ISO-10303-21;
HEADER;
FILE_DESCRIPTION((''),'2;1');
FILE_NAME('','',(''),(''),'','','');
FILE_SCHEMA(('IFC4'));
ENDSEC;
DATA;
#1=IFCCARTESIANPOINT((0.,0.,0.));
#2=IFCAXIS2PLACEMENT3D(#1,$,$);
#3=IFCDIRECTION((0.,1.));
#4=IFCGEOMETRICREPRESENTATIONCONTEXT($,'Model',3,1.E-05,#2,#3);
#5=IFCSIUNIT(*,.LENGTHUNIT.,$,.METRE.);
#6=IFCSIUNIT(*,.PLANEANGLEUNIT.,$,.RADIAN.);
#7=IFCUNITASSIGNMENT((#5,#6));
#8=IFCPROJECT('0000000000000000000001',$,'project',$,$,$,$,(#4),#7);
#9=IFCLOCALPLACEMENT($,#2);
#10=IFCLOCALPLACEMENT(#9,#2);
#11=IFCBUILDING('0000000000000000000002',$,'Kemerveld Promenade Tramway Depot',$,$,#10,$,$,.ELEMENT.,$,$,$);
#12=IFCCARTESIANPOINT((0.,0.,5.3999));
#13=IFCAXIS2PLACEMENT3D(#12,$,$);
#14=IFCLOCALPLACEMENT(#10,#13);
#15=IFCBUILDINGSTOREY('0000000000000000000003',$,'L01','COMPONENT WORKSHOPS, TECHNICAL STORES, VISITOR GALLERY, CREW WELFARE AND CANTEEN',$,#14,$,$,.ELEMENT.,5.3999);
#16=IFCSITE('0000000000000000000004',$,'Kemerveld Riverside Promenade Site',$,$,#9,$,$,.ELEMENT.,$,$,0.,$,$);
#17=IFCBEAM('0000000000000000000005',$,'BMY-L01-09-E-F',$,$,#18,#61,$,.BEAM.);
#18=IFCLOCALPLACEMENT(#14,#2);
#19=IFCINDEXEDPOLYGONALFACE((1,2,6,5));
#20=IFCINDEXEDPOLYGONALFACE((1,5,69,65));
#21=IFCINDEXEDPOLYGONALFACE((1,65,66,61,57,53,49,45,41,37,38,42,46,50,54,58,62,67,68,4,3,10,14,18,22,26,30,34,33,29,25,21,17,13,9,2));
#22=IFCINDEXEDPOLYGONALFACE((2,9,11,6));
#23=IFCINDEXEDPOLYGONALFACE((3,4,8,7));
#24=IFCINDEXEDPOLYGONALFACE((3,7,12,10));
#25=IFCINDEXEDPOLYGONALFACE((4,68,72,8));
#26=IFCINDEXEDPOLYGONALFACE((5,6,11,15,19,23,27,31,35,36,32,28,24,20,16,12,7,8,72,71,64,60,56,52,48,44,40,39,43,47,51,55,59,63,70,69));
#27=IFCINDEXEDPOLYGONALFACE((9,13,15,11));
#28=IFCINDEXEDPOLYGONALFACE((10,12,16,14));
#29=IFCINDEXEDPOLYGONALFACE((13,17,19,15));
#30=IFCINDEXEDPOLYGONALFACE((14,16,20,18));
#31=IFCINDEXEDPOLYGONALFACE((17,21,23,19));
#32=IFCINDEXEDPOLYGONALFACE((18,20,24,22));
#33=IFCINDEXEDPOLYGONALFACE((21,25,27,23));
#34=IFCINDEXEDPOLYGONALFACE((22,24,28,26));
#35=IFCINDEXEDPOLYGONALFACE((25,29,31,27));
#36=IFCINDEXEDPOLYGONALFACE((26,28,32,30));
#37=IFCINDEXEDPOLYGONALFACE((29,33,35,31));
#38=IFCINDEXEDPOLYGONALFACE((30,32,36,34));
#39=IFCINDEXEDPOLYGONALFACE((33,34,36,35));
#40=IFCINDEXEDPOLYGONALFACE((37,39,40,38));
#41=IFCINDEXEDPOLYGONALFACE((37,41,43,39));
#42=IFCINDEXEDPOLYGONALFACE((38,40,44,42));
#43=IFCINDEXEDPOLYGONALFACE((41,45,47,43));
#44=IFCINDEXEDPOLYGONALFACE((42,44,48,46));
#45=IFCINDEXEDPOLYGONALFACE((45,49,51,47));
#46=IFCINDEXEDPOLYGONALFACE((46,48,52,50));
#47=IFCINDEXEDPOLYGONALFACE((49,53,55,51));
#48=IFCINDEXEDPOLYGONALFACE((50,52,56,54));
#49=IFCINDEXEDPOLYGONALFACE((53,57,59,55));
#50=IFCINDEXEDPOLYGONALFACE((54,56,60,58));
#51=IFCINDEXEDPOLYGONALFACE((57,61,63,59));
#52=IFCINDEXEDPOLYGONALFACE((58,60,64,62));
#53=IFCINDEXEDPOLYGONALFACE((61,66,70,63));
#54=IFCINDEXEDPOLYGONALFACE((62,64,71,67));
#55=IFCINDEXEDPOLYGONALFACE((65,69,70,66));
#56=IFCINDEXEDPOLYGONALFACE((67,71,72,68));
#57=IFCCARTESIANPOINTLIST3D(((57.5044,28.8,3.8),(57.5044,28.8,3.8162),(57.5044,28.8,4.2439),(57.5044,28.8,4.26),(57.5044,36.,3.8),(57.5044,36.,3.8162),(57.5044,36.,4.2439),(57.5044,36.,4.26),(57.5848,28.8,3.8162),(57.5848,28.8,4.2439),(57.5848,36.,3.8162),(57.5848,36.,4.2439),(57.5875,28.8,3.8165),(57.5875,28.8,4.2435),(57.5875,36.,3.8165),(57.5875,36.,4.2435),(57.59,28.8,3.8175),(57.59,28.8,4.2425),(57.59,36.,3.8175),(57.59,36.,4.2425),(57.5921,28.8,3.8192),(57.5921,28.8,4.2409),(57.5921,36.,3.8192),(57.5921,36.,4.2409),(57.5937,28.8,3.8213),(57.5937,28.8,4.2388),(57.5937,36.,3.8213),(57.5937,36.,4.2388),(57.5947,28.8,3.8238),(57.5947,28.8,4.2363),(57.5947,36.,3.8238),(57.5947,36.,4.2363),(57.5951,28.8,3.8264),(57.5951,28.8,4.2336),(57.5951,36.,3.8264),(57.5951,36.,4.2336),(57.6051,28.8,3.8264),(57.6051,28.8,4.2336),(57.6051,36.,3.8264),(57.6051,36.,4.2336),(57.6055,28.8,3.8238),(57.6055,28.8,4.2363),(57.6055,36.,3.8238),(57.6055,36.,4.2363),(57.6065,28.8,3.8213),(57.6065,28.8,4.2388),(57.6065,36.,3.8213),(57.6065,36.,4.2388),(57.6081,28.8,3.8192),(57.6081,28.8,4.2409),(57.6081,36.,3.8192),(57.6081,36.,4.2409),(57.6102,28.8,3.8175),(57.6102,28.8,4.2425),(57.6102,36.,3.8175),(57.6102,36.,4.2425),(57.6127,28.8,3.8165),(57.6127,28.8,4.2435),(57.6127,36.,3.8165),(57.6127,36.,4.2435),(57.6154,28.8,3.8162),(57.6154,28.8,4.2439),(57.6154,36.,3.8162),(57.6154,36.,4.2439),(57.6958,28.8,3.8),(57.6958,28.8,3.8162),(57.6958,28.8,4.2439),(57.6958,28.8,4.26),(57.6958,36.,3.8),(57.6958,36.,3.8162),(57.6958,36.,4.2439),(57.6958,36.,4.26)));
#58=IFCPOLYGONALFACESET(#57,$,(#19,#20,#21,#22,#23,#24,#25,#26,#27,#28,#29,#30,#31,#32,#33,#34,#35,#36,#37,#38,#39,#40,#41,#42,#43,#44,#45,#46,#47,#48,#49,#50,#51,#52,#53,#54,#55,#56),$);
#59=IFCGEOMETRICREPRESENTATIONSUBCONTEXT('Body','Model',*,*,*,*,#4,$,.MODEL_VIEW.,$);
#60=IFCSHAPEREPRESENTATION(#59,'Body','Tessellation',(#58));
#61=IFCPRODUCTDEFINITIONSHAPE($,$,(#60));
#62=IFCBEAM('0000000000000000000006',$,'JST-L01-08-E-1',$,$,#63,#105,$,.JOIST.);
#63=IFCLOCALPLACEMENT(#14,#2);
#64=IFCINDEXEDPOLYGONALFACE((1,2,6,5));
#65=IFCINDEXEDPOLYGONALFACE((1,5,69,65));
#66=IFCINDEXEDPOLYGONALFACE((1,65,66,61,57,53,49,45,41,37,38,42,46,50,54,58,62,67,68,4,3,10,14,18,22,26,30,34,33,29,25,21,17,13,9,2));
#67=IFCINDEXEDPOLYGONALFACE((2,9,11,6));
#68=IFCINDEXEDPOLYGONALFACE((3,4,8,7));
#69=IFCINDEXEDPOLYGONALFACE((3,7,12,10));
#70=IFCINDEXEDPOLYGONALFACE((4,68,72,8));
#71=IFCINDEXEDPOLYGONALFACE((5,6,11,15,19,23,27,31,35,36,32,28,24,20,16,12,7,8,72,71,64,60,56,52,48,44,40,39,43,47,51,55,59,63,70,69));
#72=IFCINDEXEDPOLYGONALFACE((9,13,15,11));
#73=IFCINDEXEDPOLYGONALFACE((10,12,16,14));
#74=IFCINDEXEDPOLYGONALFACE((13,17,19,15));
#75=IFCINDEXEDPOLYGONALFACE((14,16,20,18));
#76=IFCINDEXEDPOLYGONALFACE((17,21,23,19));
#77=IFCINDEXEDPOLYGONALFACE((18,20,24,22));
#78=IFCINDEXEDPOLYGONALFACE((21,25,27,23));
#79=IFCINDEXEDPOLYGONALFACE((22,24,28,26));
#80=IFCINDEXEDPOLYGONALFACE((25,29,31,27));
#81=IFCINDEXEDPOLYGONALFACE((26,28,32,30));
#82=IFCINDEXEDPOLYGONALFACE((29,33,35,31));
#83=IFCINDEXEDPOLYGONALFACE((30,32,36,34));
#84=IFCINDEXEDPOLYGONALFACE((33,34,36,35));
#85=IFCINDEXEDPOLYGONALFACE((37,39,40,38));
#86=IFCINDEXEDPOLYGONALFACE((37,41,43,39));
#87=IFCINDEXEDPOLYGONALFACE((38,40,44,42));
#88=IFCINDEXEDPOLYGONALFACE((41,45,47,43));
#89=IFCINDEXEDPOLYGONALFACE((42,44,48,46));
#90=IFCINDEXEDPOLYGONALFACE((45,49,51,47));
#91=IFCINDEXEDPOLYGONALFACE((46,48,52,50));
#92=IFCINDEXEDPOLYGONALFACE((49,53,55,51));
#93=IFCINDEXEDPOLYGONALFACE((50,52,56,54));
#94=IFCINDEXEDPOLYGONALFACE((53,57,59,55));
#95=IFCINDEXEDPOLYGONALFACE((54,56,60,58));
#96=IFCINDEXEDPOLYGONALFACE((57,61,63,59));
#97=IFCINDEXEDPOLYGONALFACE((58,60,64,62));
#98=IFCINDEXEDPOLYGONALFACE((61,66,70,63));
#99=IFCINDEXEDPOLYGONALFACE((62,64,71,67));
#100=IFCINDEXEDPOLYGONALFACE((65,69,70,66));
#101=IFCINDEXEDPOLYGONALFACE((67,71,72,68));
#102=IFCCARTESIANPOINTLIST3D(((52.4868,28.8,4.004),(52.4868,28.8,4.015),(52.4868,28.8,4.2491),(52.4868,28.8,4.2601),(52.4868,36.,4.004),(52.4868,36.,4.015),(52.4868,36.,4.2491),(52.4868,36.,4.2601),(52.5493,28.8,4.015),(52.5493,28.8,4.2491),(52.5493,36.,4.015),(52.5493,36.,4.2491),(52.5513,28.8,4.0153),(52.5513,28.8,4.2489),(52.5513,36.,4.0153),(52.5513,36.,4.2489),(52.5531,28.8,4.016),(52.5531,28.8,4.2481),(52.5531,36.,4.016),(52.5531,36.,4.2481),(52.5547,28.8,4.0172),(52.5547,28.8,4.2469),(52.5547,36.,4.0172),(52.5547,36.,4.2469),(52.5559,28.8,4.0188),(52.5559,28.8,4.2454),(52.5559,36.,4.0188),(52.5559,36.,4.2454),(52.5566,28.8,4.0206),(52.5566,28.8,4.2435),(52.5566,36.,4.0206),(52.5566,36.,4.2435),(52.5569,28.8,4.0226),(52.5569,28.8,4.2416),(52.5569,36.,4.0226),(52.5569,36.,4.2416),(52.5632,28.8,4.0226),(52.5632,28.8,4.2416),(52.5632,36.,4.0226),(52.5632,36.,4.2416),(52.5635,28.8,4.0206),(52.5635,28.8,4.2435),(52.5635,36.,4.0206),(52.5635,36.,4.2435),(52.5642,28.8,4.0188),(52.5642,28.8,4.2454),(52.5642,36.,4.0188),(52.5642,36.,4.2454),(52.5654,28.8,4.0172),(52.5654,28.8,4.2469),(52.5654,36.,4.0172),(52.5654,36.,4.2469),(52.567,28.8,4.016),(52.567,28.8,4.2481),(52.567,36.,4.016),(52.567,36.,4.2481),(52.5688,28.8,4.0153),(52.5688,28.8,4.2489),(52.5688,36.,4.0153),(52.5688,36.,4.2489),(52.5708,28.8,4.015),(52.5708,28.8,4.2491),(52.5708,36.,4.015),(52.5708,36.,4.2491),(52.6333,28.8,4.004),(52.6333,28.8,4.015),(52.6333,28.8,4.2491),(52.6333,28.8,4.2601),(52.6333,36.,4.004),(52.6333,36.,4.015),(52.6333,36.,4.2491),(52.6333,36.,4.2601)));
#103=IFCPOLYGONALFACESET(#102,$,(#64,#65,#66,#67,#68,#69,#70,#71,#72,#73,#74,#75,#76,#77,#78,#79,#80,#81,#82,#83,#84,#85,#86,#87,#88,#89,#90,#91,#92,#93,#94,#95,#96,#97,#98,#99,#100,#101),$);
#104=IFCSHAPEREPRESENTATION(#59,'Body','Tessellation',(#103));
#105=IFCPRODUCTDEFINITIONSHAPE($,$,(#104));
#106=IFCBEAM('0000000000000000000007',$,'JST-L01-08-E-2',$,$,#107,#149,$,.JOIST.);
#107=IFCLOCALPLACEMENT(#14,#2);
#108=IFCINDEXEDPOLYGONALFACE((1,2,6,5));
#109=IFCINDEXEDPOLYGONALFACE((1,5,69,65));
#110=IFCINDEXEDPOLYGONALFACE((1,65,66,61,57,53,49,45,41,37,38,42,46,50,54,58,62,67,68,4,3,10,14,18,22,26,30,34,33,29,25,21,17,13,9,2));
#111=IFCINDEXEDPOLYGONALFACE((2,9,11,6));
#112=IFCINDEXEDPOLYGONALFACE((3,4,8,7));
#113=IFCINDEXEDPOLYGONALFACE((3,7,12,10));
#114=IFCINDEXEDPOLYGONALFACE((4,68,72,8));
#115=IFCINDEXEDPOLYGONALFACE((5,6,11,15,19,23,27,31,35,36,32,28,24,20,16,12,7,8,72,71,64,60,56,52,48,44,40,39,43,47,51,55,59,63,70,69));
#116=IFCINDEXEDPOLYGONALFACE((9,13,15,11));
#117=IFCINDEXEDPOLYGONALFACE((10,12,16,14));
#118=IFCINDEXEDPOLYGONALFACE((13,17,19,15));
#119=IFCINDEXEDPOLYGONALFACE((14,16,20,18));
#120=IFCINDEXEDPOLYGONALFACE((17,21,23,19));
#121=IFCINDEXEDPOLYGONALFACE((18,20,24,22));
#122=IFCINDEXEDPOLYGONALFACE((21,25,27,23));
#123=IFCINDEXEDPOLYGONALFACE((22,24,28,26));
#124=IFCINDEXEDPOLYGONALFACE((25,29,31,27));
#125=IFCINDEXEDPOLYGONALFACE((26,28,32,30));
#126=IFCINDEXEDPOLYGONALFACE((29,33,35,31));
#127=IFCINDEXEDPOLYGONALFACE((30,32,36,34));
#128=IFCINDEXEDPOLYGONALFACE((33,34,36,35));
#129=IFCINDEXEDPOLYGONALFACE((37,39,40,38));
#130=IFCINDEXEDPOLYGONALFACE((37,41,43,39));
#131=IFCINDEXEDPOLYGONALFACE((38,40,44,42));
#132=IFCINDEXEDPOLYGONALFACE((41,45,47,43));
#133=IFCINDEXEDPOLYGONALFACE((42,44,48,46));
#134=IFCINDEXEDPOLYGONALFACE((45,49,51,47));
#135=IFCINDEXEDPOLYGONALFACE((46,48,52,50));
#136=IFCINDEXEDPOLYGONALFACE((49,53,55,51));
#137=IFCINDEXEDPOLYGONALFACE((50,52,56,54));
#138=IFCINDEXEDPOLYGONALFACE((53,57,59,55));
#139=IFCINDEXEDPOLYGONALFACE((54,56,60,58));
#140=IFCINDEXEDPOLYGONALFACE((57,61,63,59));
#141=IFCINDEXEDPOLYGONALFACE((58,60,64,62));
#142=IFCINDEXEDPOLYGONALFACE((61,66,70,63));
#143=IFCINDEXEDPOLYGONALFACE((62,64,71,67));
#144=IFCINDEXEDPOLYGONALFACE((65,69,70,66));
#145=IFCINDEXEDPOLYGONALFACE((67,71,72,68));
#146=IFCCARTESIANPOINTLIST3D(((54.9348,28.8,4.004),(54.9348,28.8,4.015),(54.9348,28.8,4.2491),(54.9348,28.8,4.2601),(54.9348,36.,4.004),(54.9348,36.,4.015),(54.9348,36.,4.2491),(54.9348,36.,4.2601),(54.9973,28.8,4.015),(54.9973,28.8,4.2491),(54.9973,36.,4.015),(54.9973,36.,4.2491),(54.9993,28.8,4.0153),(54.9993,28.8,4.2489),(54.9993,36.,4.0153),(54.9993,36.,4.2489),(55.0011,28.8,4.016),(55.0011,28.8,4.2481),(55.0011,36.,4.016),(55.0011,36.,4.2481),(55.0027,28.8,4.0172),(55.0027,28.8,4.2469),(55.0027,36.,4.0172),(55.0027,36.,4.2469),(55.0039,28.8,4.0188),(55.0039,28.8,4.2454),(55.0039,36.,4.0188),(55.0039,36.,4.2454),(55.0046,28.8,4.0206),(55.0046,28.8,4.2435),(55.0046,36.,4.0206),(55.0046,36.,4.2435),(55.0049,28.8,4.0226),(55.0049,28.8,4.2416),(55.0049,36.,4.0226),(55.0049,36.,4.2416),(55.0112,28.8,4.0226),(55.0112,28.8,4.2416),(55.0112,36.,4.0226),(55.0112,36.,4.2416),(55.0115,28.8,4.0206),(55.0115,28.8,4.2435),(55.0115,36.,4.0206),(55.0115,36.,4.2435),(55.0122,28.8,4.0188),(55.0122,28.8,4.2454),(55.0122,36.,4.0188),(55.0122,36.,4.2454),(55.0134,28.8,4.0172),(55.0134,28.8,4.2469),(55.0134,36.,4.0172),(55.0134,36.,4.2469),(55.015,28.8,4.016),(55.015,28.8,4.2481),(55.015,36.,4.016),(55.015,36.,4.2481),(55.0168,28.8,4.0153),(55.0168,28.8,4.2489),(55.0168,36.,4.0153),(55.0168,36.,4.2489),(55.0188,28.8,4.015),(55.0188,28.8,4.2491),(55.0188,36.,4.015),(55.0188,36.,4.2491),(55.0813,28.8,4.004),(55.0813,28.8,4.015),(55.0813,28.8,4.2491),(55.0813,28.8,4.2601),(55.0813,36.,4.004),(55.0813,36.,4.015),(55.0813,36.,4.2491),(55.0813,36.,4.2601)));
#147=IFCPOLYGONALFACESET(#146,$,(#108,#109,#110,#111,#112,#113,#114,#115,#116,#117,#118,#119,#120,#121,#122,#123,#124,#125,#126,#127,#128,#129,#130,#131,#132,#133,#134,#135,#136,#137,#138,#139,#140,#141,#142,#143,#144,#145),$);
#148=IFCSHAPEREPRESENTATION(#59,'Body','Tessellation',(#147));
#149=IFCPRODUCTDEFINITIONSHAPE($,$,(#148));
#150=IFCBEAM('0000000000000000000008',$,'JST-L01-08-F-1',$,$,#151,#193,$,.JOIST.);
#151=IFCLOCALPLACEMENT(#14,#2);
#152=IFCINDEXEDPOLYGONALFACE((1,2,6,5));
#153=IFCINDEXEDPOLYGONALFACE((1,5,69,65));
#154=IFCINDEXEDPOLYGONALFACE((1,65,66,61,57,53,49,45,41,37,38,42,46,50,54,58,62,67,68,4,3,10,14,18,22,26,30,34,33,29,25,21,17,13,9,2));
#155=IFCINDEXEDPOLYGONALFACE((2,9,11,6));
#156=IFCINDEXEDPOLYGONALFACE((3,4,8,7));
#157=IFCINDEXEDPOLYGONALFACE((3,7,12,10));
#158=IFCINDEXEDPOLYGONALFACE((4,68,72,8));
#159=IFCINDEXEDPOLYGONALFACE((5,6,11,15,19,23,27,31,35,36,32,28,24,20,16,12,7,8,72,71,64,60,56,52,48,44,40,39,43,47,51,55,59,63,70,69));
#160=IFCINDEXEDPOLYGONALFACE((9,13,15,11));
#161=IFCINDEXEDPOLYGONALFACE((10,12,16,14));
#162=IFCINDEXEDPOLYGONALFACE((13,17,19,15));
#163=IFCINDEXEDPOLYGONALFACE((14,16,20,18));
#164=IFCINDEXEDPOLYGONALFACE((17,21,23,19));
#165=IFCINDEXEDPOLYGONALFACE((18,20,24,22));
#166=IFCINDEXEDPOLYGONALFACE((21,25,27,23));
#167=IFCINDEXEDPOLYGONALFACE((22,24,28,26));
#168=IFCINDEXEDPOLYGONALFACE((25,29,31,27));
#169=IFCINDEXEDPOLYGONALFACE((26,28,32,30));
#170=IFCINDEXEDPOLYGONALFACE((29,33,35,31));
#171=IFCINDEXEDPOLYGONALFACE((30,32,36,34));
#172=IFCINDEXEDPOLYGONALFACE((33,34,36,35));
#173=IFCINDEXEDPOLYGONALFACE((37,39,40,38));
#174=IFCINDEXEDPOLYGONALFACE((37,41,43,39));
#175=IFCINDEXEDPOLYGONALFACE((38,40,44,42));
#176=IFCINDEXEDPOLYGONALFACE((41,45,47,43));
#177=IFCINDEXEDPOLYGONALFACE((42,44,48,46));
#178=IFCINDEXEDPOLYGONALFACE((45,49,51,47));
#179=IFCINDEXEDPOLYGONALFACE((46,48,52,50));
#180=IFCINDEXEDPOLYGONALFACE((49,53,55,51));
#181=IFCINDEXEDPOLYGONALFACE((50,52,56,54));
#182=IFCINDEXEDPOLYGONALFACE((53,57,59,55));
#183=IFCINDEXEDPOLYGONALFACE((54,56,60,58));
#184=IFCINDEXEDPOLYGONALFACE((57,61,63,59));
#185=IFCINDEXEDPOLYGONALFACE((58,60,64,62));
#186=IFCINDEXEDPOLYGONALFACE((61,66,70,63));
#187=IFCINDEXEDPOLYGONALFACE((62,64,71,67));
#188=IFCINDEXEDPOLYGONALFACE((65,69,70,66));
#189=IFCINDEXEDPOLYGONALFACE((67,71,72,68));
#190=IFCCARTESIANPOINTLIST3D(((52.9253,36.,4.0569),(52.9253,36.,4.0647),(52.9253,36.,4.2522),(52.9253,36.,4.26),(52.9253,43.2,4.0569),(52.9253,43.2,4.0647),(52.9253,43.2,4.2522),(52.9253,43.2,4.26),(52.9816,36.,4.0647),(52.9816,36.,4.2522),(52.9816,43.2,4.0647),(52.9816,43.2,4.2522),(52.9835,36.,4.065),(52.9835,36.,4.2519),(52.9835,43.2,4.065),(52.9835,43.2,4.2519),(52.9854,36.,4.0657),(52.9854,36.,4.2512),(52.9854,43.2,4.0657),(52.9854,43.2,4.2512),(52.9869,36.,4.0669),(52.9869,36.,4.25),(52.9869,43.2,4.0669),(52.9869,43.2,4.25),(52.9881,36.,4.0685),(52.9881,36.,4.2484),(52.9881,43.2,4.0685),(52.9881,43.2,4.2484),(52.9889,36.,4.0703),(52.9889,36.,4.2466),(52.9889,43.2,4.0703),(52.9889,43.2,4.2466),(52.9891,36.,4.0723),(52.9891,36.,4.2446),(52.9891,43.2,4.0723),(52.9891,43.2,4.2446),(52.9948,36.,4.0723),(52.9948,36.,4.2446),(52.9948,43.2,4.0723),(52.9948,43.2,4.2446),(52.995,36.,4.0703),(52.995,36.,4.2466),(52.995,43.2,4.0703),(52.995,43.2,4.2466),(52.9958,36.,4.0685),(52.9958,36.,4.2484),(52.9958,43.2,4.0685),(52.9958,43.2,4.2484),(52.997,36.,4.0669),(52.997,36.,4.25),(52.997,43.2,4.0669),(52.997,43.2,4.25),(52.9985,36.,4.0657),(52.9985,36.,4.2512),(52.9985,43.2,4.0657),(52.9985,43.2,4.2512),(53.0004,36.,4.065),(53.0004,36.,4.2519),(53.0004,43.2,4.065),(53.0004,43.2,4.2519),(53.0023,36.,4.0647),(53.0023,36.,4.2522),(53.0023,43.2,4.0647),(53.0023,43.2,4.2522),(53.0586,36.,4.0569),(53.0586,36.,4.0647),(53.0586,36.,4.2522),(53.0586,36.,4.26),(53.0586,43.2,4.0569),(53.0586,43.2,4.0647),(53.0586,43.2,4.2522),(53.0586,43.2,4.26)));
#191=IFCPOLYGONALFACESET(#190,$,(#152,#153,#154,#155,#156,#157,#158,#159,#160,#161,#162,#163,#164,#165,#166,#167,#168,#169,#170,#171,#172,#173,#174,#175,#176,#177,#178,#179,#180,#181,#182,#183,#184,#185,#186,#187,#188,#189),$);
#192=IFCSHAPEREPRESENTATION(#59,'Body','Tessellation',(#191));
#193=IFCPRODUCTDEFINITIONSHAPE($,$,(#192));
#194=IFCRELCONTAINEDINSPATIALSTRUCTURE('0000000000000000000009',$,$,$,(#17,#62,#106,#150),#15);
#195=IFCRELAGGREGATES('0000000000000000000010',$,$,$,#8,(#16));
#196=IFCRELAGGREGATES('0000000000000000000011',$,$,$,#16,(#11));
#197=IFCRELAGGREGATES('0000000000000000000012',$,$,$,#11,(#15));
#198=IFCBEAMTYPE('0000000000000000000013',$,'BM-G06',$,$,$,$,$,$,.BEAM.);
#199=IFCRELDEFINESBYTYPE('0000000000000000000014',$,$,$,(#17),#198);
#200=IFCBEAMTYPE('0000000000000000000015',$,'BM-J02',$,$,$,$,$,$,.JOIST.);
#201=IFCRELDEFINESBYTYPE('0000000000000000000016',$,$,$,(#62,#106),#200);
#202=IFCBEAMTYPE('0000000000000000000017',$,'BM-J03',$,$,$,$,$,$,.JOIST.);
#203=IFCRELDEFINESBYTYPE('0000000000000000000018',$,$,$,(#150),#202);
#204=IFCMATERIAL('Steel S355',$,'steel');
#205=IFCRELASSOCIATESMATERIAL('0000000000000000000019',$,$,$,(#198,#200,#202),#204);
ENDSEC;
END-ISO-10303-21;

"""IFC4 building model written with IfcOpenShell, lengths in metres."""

from ifc_helpers import new_model, si_unit, direction, frame, origin, origin_2d, place, context, subcontext, project, spatial, i_section, extrude, material, material_profile, profile_set, type_object, element, save


model = new_model("IFC4")

# Units and contexts
model_context = context("Model", 3, precision=1e-05, world=origin(), true_north=direction((0.0, 1.0)))
body_context = subcontext(model_context, "Body", "Model", "MODEL_VIEW")
ifc_project = project(units=[si_unit("LENGTHUNIT", "METRE"), si_unit("PLANEANGLEUNIT", "RADIAN")], contexts=[model_context])

# Site, building, storey
site_placement = place(None, origin())
site = spatial("IfcSite", under=ifc_project, at=site_placement, Name="Kemerveld Riverside Promenade Site", CompositionType="ELEMENT", RefElevation=0.0)
building_placement = place(site_placement, origin())
building = spatial("IfcBuilding", under=site, at=building_placement, Name="Kemerveld Promenade Tramway Depot", CompositionType="ELEMENT")
storey_placement = place(building_placement, frame((0.0, 0.0, 5.3999)))
storey = spatial("IfcBuildingStorey", under=building, at=storey_placement, Name="L01", Description="COMPONENT WORKSHOPS, TECHNICAL STORES, VISITOR GALLERY, CREW WELFARE AND CANTEEN", CompositionType="ELEMENT", Elevation=5.3999)

# Shared definitions
ifc_material_1 = material(Name="Steel S355", Category="steel")

# Beams
ifc_material_profile_1 = material_profile(ifc_material_1, i_section(OverallWidth=0.1914, OverallDepth=0.46, WebThickness=0.01, FlangeThickness=0.0161, FilletRadius=0.0103, at=origin_2d()), Name="457x191x82 UB")
ifc_profile_set_1 = profile_set([ifc_material_profile_1], Name="Steel S355")
beam_type_1 = type_object("IfcBeamType", Name="BM-G06", PredefinedType="BEAM", material=ifc_profile_set_1)
for number, where, z_axis, x_axis, name in (
    (1, (57.6001, 28.8, 4.03), (0.0, 1.0, 0.0), (-1.0, 0.0, 0.0), "BMY-L01-09-E-F"),
):
    element("IfcBeam", number, at=place(storey_placement, frame(where, z_axis=z_axis, x_axis=x_axis)), inside=storey, type_object=beam_type_1, Name=name, PredefinedType="BEAM", context=body_context, shape_type="SweptSolid", body=[
        extrude(i_section(OverallWidth=0.1914, OverallDepth=0.46, WebThickness=0.01, FlangeThickness=0.0161, FilletRadius=0.0103, at=origin_2d()), origin(), (0.0, 0.0, 1.0), 7.2),
    ])
ifc_material_profile_2 = material_profile(ifc_material_1, i_section(OverallWidth=0.1465, OverallDepth=0.2561, WebThickness=0.0063, FlangeThickness=0.011, FilletRadius=0.0076, at=origin_2d()), Name="254x146x37 UB")
ifc_profile_set_2 = profile_set([ifc_material_profile_2], Name="Steel S355")
beam_type_2 = type_object("IfcBeamType", Name="BM-J02", PredefinedType="JOIST", material=ifc_profile_set_2)
for number, where, z_axis, x_axis, name in (
    (2, (52.5601, 28.8, 4.1321), (0.0, 1.0, 0.0), (-1.0, 0.0, 0.0), "JST-L01-08-E-1"),
    (3, (55.0081, 28.8, 4.1321), (0.0, 1.0, 0.0), (-1.0, 0.0, 0.0), "JST-L01-08-E-2"),
):
    element("IfcBeam", number, at=place(storey_placement, frame(where, z_axis=z_axis, x_axis=x_axis)), inside=storey, type_object=beam_type_2, Name=name, PredefinedType="JOIST", context=body_context, shape_type="SweptSolid", body=[
        extrude(i_section(OverallWidth=0.1465, OverallDepth=0.2561, WebThickness=0.0063, FlangeThickness=0.011, FilletRadius=0.0076, at=origin_2d()), origin(), (0.0, 0.0, 1.0), 7.2),
    ])
ifc_material_profile_3 = material_profile(ifc_material_1, i_section(OverallWidth=0.1333, OverallDepth=0.2031, WebThickness=0.0056, FlangeThickness=0.0078, FilletRadius=0.0076, at=origin_2d()), Name="203x133x25 UB")
ifc_profile_set_3 = profile_set([ifc_material_profile_3], Name="Steel S355")
beam_type_3 = type_object("IfcBeamType", Name="BM-J03", PredefinedType="JOIST", material=ifc_profile_set_3)
for number, where, z_axis, x_axis, name in (
    (4, (52.9919, 36.0, 4.1584), (0.0, 1.0, 0.0), (-1.0, 0.0, 0.0), "JST-L01-08-F-1"),
):
    element("IfcBeam", number, at=place(storey_placement, frame(where, z_axis=z_axis, x_axis=x_axis)), inside=storey, type_object=beam_type_3, Name=name, PredefinedType="JOIST", context=body_context, shape_type="SweptSolid", body=[
        extrude(i_section(OverallWidth=0.1333, OverallDepth=0.2031, WebThickness=0.0056, FlangeThickness=0.0078, FilletRadius=0.0076, at=origin_2d()), origin(), (0.0, 0.0, 1.0), 7.2),
    ])

save(model, "model.ifc")
